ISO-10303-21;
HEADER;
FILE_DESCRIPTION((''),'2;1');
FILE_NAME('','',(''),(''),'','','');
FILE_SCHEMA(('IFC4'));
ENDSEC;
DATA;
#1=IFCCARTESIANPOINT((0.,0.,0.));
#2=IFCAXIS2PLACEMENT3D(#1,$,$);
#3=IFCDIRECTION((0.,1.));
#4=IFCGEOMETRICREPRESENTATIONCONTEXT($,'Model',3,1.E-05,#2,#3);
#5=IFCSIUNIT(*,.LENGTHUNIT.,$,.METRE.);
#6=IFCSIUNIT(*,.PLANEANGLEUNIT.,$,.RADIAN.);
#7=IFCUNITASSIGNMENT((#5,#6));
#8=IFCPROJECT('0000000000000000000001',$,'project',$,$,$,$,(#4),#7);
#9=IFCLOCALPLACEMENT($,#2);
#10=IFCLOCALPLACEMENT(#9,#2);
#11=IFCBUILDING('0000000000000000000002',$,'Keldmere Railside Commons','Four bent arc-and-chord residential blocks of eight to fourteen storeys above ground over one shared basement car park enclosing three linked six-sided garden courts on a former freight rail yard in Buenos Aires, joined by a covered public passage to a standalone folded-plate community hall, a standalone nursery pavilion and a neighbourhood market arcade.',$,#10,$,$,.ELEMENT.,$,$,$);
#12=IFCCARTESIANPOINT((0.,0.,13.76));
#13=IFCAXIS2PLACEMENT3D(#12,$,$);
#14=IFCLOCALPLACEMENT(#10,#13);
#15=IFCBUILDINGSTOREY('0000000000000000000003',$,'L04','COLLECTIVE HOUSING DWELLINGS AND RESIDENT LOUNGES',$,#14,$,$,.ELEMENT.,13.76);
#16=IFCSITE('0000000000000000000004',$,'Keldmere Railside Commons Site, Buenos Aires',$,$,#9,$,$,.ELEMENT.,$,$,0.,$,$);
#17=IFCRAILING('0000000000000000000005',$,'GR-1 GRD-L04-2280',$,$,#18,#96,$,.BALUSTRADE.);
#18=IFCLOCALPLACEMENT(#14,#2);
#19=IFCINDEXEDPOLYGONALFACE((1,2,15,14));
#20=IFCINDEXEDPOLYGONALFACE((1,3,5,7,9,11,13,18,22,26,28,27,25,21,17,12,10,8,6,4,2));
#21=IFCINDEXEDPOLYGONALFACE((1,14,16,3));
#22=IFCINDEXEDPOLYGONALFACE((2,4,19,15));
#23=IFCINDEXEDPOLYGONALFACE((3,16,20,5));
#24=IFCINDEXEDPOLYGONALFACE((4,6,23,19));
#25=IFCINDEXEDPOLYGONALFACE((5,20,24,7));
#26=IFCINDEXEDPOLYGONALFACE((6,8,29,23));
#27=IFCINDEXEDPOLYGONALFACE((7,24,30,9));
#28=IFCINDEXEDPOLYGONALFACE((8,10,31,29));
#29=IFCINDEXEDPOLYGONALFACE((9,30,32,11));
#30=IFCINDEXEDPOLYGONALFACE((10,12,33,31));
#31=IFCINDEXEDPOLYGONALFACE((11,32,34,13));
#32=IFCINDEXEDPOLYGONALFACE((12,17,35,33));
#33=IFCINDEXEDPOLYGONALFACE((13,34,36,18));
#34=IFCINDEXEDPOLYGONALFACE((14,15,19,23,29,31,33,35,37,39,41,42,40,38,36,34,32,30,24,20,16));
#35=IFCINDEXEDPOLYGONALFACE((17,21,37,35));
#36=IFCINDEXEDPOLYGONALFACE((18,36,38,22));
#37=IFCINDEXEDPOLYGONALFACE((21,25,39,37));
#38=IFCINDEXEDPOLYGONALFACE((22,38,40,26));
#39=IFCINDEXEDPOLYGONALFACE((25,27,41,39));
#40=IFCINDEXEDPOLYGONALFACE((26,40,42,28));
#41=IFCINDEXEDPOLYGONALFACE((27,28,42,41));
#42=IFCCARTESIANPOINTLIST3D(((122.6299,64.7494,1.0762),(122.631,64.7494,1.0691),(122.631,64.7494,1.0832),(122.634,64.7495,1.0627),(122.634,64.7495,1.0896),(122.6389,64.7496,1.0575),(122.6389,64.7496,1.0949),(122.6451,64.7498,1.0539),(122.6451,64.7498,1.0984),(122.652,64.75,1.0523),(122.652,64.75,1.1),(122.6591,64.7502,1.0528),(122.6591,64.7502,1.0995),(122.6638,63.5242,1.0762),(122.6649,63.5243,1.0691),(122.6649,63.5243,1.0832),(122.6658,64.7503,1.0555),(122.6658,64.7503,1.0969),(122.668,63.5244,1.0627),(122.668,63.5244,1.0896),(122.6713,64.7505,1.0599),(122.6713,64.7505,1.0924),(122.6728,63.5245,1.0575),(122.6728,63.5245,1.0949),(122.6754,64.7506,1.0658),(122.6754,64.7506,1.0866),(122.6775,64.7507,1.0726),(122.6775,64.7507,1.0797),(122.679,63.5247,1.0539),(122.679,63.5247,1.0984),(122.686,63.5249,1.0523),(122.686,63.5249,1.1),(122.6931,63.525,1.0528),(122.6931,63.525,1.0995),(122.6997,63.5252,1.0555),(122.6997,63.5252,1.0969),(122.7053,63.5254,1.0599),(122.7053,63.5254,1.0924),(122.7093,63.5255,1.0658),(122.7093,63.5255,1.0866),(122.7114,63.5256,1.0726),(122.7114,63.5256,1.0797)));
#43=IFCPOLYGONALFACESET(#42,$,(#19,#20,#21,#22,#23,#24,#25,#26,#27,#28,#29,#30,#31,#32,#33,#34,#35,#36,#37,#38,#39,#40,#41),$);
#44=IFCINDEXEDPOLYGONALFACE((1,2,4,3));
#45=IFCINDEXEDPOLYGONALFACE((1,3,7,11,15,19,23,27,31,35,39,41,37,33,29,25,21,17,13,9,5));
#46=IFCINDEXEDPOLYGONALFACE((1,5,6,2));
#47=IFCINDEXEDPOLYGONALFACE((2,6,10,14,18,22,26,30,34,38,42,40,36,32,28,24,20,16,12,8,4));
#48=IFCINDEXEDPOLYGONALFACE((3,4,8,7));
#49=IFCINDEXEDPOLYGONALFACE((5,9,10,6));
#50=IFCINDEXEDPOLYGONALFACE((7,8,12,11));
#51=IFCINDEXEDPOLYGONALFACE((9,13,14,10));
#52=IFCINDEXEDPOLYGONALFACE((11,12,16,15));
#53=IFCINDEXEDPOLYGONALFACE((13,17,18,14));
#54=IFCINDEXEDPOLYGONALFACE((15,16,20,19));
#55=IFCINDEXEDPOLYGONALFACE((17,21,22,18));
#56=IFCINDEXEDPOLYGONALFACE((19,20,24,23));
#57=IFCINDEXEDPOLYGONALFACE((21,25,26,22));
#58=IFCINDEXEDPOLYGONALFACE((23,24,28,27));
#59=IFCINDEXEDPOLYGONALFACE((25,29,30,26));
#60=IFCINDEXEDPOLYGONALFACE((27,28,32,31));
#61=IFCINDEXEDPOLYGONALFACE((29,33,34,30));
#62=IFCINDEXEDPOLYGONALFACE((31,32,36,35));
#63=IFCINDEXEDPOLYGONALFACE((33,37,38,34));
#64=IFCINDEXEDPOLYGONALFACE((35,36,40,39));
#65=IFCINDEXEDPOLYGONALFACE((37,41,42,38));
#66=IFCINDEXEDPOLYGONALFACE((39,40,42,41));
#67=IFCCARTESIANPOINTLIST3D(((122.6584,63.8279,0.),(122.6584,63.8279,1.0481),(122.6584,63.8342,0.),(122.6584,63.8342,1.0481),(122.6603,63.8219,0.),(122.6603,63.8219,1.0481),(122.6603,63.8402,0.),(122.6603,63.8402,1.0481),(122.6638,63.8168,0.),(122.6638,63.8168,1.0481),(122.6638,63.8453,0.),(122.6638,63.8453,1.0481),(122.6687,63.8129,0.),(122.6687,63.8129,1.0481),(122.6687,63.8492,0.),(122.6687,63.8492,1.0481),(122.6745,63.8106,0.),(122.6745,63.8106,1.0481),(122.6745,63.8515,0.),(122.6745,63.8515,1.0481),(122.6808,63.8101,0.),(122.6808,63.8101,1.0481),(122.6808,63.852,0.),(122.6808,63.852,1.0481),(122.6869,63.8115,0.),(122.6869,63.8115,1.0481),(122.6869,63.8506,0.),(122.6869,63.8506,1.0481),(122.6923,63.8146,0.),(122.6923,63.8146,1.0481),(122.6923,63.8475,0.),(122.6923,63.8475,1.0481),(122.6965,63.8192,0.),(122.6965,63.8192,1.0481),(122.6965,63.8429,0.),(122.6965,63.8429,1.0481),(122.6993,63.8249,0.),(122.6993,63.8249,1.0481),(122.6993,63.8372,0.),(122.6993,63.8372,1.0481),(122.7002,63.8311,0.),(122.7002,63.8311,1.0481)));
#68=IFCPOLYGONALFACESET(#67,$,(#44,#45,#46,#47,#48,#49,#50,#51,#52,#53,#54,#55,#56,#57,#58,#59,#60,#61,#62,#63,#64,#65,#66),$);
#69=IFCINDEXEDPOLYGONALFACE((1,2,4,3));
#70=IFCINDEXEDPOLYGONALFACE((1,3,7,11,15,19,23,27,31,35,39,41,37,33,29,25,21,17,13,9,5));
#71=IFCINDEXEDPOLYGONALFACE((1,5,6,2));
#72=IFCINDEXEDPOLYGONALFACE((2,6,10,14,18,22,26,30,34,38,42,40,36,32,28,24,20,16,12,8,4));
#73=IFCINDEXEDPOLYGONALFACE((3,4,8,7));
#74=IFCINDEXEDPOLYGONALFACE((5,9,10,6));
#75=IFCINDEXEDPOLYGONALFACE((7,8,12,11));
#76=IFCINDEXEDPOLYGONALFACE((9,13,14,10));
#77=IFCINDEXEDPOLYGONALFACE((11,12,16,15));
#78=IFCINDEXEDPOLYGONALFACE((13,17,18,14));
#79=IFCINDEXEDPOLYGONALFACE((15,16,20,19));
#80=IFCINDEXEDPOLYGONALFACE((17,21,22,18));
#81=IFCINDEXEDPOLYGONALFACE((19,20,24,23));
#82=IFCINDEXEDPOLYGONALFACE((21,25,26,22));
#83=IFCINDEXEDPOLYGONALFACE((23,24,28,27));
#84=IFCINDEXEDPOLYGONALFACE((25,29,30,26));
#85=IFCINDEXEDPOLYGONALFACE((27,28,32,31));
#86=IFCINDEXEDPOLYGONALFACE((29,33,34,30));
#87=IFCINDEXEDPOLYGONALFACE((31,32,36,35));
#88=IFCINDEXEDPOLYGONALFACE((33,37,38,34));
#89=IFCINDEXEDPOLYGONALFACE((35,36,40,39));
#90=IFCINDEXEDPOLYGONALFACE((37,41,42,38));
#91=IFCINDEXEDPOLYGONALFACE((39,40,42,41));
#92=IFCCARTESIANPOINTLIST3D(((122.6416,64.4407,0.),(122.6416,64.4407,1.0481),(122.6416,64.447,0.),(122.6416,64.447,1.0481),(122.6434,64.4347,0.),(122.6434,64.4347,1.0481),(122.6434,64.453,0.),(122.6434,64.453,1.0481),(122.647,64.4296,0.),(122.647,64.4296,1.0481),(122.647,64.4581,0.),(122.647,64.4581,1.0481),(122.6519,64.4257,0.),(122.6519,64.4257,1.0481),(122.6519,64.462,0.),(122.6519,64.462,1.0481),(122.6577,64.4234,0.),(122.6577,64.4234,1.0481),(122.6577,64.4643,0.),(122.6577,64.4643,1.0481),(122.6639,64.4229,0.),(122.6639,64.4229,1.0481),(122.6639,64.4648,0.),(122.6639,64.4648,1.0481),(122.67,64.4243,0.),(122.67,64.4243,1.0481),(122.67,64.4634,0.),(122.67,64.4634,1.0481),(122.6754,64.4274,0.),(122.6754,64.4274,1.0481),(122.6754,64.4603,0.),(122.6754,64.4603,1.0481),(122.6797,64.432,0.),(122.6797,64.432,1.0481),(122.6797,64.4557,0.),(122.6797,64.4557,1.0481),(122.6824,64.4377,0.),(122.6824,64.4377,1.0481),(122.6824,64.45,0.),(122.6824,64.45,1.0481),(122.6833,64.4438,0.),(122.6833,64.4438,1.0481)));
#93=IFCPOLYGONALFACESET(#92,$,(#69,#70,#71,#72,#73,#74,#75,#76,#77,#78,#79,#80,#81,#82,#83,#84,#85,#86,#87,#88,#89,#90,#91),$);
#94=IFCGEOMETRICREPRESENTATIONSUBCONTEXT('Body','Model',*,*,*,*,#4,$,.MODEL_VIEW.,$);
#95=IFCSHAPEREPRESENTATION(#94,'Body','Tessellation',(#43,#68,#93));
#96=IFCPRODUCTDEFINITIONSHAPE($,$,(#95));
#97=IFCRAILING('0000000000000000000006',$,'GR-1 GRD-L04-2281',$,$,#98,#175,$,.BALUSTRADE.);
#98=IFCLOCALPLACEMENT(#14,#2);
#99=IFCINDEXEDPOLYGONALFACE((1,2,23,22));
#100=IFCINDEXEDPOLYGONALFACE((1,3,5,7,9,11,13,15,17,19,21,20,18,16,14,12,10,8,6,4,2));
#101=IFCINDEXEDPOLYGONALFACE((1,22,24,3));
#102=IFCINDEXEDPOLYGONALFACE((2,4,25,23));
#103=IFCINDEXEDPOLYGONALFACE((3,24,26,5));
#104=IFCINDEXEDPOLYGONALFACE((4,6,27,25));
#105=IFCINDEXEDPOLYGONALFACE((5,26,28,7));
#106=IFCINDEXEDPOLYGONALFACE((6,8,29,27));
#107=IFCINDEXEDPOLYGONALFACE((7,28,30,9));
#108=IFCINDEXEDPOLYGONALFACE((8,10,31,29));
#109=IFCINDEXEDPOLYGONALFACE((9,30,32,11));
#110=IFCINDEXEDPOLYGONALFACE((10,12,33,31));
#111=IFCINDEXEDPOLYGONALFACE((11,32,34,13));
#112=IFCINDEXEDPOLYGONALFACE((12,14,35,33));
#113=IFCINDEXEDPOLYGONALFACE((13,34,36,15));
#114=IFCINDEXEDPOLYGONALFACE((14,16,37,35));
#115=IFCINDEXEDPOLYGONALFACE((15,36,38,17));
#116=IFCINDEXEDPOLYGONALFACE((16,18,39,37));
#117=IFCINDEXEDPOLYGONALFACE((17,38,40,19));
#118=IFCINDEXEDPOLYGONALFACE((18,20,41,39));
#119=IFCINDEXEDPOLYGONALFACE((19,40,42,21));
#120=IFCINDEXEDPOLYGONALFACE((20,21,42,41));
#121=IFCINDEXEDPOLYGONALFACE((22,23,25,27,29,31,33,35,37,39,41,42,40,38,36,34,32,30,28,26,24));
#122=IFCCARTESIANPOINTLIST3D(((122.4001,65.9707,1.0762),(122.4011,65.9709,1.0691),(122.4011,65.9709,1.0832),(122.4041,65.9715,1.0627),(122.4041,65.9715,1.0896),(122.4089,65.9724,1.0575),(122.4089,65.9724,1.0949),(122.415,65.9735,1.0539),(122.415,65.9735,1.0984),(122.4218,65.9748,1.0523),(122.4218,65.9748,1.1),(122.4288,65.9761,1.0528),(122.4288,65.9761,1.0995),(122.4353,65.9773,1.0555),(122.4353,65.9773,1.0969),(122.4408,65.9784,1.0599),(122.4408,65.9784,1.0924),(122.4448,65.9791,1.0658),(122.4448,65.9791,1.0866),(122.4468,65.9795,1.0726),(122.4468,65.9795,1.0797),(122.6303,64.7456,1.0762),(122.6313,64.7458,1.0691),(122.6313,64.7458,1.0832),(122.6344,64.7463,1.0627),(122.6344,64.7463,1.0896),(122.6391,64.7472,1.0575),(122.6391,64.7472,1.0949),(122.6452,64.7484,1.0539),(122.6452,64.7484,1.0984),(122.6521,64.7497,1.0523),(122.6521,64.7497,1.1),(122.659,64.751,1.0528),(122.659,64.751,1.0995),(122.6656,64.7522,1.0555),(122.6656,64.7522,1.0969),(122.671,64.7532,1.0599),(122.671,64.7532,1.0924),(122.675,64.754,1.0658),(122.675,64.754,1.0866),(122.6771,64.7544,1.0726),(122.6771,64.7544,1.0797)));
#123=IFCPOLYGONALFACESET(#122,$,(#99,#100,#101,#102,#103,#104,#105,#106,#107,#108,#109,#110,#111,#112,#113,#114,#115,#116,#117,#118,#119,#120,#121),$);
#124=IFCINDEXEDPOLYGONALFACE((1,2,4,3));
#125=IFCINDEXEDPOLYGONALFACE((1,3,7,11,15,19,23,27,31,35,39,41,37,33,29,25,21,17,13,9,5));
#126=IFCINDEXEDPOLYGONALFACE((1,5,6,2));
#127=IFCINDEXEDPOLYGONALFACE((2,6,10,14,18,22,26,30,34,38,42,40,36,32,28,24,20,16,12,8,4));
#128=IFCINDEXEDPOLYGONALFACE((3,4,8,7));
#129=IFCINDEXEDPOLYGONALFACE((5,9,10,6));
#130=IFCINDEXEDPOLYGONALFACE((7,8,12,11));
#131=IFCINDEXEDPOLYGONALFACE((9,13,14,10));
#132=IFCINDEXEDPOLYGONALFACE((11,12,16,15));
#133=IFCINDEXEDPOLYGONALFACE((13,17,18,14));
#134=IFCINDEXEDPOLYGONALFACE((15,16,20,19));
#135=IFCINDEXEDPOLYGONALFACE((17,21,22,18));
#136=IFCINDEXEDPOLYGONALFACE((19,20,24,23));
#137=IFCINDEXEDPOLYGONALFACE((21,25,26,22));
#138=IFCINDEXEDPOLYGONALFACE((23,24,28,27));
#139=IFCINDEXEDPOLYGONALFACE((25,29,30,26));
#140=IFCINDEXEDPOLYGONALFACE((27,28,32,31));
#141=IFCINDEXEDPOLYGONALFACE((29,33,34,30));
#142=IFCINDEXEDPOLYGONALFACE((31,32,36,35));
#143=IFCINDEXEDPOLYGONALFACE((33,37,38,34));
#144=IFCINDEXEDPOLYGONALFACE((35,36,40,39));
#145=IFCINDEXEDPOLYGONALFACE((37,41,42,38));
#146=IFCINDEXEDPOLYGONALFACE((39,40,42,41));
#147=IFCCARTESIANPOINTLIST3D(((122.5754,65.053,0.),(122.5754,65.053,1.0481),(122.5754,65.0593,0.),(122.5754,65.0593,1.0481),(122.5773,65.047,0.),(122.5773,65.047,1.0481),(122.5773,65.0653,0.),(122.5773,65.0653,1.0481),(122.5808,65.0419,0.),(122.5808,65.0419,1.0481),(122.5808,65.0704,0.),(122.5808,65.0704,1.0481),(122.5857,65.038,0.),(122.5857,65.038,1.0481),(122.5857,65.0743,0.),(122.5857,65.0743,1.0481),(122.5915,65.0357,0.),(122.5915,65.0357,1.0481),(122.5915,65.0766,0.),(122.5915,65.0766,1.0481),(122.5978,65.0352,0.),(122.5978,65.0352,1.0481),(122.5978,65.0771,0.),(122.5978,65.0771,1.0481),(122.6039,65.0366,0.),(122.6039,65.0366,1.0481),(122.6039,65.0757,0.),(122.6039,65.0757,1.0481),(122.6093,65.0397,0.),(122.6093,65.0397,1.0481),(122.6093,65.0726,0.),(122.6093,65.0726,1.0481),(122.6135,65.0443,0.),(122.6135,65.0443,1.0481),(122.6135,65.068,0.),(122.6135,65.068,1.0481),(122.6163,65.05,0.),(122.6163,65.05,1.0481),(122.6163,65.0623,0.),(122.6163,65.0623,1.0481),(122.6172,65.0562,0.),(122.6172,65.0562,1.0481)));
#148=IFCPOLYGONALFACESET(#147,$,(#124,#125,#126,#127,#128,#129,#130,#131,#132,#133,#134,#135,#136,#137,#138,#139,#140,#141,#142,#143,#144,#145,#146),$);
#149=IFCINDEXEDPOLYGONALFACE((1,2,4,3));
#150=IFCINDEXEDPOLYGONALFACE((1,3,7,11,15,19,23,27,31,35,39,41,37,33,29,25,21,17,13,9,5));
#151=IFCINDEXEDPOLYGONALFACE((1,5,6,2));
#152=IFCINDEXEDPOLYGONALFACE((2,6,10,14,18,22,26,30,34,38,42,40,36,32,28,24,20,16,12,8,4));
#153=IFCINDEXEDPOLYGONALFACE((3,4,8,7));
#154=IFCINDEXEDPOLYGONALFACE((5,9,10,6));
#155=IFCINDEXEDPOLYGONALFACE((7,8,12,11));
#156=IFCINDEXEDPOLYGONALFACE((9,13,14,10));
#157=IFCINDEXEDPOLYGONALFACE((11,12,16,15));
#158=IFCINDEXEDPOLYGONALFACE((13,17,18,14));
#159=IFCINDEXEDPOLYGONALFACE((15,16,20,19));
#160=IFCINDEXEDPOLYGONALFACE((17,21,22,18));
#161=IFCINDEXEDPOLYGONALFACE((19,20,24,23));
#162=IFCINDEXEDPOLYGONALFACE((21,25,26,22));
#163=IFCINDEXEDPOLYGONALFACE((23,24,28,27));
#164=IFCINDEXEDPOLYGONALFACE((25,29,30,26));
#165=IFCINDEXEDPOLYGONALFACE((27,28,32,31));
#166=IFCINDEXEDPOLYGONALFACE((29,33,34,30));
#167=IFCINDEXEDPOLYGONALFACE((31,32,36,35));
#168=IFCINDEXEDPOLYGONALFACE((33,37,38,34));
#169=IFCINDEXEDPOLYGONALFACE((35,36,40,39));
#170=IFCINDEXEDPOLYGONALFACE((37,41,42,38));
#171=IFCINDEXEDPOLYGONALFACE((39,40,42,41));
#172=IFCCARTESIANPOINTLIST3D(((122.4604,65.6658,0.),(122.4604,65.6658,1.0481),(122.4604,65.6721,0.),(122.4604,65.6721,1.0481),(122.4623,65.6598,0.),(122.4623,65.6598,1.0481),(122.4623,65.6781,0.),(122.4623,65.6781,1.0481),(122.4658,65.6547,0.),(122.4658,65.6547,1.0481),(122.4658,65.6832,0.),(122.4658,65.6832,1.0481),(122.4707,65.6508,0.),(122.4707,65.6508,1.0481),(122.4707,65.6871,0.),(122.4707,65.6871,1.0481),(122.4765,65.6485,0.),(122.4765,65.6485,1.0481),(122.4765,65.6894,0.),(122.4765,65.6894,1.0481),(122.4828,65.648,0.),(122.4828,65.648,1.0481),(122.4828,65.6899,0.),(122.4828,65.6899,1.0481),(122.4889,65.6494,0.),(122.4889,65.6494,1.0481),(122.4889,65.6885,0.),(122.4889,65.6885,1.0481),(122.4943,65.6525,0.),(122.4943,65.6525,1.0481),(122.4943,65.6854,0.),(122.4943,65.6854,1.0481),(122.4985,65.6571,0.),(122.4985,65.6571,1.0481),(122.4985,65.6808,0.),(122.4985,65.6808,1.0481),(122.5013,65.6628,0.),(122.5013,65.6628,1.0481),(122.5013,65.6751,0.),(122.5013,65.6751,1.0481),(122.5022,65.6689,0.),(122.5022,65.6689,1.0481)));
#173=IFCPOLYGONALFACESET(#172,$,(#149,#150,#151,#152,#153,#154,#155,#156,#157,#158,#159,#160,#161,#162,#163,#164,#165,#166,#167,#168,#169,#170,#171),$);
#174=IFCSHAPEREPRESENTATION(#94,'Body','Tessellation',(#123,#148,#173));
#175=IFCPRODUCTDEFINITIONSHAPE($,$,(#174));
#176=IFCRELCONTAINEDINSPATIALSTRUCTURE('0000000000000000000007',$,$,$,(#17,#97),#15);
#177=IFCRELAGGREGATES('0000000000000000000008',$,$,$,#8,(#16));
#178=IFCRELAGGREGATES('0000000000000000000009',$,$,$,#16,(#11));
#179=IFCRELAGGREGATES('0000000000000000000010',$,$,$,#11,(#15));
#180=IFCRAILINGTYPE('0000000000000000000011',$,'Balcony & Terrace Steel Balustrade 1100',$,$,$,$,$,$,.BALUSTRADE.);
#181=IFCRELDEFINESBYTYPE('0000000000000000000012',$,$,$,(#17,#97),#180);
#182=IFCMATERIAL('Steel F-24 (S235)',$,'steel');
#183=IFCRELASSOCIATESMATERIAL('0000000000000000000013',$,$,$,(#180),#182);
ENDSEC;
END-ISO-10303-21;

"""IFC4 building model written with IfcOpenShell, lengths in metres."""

from ifc_helpers import new_model, si_unit, direction, frame, origin, origin_2d, place, context, subcontext, project, spatial, circle, extrude, material, type_object, element, save


model = new_model("IFC4")

# Units and contexts
model_context = context("Model", 3, precision=1e-05, world=origin(), true_north=direction((0.0, 1.0)))
body_context = subcontext(model_context, "Body", "Model", "MODEL_VIEW")
ifc_project = project(units=[si_unit("LENGTHUNIT", "METRE"), si_unit("PLANEANGLEUNIT", "RADIAN")], contexts=[model_context])

# Site, building, storey
site_placement = place(None, origin())
site = spatial("IfcSite", under=ifc_project, at=site_placement, Name="Keldmere Railside Commons Site, Buenos Aires", CompositionType="ELEMENT", RefElevation=0.0)
building_placement = place(site_placement, origin())
building = spatial("IfcBuilding", under=site, at=building_placement, Name="Keldmere Railside Commons", Description="Four bent arc-and-chord residential blocks of eight to fourteen storeys above ground over one shared basement car park enclosing three linked six-sided garden courts on a former freight rail yard in Buenos Aires, joined by a covered public passage to a standalone folded-plate community hall, a standalone nursery pavilion and a neighbourhood market arcade.", CompositionType="ELEMENT")
storey_placement = place(building_placement, frame((0.0, 0.0, 13.76)))
storey = spatial("IfcBuildingStorey", under=building, at=storey_placement, Name="L04", Description="COLLECTIVE HOUSING DWELLINGS AND RESIDENT LOUNGES", CompositionType="ELEMENT", Elevation=13.76)

# Railings
ifc_material_1 = material(Name="Steel F-24 (S235)", Category="steel")
railing_type = type_object("IfcRailingType", Name="Balcony & Terrace Steel Balustrade 1100", PredefinedType="BALUSTRADE", material=ifc_material_1)
railing_1_placement = place(storey_placement, frame((122.6877, 63.5249, 0.0)))
element("IfcRailing", 1, at=railing_1_placement, inside=storey, type_object=railing_type, Name="GR-1 GRD-L04-2280", PredefinedType="BALUSTRADE", context=body_context, shape_type="SweptSolid", body=[
    extrude(circle(Radius=0.0239, at=origin_2d()), frame((0.0, 0.0, 1.0762), z_axis=(-0.02769, 0.999617, 0.0), x_axis=(-0.999617, -0.02769, 0.0)), (0.0, 0.0, 1.0), 1.2256),
    extrude(circle(Radius=0.021, at=origin_2d()), frame((-0.0085, 0.3062, 0.0)), (0.0, 0.0, 1.0), 1.0481),
    extrude(circle(Radius=0.021, at=origin_2d()), frame((-0.0254, 0.9189, 0.0)), (0.0, 0.0, 1.0), 1.0481),
])
railing_2_placement = place(storey_placement, frame((122.6538, 64.75, 0.0)))
element("IfcRailing", 2, at=railing_2_placement, inside=storey, type_object=railing_type, Name="GR-1 GRD-L04-2281", PredefinedType="BALUSTRADE", context=body_context, shape_type="SweptSolid", body=[
    extrude(circle(Radius=0.0239, at=origin_2d()), frame((0.0, 0.0, 1.0762), z_axis=(-0.184691, 0.982797, 0.0), x_axis=(-0.982797, -0.184691, 0.0)), (0.0, 0.0, 1.0), 1.2466),
    extrude(circle(Radius=0.021, at=origin_2d()), frame((-0.0576, 0.3062, 0.0)), (0.0, 0.0, 1.0), 1.0481),
    extrude(circle(Radius=0.021, at=origin_2d()), frame((-0.1726, 0.9189, 0.0)), (0.0, 0.0, 1.0), 1.0481),
])

save(model, "model.ifc")
